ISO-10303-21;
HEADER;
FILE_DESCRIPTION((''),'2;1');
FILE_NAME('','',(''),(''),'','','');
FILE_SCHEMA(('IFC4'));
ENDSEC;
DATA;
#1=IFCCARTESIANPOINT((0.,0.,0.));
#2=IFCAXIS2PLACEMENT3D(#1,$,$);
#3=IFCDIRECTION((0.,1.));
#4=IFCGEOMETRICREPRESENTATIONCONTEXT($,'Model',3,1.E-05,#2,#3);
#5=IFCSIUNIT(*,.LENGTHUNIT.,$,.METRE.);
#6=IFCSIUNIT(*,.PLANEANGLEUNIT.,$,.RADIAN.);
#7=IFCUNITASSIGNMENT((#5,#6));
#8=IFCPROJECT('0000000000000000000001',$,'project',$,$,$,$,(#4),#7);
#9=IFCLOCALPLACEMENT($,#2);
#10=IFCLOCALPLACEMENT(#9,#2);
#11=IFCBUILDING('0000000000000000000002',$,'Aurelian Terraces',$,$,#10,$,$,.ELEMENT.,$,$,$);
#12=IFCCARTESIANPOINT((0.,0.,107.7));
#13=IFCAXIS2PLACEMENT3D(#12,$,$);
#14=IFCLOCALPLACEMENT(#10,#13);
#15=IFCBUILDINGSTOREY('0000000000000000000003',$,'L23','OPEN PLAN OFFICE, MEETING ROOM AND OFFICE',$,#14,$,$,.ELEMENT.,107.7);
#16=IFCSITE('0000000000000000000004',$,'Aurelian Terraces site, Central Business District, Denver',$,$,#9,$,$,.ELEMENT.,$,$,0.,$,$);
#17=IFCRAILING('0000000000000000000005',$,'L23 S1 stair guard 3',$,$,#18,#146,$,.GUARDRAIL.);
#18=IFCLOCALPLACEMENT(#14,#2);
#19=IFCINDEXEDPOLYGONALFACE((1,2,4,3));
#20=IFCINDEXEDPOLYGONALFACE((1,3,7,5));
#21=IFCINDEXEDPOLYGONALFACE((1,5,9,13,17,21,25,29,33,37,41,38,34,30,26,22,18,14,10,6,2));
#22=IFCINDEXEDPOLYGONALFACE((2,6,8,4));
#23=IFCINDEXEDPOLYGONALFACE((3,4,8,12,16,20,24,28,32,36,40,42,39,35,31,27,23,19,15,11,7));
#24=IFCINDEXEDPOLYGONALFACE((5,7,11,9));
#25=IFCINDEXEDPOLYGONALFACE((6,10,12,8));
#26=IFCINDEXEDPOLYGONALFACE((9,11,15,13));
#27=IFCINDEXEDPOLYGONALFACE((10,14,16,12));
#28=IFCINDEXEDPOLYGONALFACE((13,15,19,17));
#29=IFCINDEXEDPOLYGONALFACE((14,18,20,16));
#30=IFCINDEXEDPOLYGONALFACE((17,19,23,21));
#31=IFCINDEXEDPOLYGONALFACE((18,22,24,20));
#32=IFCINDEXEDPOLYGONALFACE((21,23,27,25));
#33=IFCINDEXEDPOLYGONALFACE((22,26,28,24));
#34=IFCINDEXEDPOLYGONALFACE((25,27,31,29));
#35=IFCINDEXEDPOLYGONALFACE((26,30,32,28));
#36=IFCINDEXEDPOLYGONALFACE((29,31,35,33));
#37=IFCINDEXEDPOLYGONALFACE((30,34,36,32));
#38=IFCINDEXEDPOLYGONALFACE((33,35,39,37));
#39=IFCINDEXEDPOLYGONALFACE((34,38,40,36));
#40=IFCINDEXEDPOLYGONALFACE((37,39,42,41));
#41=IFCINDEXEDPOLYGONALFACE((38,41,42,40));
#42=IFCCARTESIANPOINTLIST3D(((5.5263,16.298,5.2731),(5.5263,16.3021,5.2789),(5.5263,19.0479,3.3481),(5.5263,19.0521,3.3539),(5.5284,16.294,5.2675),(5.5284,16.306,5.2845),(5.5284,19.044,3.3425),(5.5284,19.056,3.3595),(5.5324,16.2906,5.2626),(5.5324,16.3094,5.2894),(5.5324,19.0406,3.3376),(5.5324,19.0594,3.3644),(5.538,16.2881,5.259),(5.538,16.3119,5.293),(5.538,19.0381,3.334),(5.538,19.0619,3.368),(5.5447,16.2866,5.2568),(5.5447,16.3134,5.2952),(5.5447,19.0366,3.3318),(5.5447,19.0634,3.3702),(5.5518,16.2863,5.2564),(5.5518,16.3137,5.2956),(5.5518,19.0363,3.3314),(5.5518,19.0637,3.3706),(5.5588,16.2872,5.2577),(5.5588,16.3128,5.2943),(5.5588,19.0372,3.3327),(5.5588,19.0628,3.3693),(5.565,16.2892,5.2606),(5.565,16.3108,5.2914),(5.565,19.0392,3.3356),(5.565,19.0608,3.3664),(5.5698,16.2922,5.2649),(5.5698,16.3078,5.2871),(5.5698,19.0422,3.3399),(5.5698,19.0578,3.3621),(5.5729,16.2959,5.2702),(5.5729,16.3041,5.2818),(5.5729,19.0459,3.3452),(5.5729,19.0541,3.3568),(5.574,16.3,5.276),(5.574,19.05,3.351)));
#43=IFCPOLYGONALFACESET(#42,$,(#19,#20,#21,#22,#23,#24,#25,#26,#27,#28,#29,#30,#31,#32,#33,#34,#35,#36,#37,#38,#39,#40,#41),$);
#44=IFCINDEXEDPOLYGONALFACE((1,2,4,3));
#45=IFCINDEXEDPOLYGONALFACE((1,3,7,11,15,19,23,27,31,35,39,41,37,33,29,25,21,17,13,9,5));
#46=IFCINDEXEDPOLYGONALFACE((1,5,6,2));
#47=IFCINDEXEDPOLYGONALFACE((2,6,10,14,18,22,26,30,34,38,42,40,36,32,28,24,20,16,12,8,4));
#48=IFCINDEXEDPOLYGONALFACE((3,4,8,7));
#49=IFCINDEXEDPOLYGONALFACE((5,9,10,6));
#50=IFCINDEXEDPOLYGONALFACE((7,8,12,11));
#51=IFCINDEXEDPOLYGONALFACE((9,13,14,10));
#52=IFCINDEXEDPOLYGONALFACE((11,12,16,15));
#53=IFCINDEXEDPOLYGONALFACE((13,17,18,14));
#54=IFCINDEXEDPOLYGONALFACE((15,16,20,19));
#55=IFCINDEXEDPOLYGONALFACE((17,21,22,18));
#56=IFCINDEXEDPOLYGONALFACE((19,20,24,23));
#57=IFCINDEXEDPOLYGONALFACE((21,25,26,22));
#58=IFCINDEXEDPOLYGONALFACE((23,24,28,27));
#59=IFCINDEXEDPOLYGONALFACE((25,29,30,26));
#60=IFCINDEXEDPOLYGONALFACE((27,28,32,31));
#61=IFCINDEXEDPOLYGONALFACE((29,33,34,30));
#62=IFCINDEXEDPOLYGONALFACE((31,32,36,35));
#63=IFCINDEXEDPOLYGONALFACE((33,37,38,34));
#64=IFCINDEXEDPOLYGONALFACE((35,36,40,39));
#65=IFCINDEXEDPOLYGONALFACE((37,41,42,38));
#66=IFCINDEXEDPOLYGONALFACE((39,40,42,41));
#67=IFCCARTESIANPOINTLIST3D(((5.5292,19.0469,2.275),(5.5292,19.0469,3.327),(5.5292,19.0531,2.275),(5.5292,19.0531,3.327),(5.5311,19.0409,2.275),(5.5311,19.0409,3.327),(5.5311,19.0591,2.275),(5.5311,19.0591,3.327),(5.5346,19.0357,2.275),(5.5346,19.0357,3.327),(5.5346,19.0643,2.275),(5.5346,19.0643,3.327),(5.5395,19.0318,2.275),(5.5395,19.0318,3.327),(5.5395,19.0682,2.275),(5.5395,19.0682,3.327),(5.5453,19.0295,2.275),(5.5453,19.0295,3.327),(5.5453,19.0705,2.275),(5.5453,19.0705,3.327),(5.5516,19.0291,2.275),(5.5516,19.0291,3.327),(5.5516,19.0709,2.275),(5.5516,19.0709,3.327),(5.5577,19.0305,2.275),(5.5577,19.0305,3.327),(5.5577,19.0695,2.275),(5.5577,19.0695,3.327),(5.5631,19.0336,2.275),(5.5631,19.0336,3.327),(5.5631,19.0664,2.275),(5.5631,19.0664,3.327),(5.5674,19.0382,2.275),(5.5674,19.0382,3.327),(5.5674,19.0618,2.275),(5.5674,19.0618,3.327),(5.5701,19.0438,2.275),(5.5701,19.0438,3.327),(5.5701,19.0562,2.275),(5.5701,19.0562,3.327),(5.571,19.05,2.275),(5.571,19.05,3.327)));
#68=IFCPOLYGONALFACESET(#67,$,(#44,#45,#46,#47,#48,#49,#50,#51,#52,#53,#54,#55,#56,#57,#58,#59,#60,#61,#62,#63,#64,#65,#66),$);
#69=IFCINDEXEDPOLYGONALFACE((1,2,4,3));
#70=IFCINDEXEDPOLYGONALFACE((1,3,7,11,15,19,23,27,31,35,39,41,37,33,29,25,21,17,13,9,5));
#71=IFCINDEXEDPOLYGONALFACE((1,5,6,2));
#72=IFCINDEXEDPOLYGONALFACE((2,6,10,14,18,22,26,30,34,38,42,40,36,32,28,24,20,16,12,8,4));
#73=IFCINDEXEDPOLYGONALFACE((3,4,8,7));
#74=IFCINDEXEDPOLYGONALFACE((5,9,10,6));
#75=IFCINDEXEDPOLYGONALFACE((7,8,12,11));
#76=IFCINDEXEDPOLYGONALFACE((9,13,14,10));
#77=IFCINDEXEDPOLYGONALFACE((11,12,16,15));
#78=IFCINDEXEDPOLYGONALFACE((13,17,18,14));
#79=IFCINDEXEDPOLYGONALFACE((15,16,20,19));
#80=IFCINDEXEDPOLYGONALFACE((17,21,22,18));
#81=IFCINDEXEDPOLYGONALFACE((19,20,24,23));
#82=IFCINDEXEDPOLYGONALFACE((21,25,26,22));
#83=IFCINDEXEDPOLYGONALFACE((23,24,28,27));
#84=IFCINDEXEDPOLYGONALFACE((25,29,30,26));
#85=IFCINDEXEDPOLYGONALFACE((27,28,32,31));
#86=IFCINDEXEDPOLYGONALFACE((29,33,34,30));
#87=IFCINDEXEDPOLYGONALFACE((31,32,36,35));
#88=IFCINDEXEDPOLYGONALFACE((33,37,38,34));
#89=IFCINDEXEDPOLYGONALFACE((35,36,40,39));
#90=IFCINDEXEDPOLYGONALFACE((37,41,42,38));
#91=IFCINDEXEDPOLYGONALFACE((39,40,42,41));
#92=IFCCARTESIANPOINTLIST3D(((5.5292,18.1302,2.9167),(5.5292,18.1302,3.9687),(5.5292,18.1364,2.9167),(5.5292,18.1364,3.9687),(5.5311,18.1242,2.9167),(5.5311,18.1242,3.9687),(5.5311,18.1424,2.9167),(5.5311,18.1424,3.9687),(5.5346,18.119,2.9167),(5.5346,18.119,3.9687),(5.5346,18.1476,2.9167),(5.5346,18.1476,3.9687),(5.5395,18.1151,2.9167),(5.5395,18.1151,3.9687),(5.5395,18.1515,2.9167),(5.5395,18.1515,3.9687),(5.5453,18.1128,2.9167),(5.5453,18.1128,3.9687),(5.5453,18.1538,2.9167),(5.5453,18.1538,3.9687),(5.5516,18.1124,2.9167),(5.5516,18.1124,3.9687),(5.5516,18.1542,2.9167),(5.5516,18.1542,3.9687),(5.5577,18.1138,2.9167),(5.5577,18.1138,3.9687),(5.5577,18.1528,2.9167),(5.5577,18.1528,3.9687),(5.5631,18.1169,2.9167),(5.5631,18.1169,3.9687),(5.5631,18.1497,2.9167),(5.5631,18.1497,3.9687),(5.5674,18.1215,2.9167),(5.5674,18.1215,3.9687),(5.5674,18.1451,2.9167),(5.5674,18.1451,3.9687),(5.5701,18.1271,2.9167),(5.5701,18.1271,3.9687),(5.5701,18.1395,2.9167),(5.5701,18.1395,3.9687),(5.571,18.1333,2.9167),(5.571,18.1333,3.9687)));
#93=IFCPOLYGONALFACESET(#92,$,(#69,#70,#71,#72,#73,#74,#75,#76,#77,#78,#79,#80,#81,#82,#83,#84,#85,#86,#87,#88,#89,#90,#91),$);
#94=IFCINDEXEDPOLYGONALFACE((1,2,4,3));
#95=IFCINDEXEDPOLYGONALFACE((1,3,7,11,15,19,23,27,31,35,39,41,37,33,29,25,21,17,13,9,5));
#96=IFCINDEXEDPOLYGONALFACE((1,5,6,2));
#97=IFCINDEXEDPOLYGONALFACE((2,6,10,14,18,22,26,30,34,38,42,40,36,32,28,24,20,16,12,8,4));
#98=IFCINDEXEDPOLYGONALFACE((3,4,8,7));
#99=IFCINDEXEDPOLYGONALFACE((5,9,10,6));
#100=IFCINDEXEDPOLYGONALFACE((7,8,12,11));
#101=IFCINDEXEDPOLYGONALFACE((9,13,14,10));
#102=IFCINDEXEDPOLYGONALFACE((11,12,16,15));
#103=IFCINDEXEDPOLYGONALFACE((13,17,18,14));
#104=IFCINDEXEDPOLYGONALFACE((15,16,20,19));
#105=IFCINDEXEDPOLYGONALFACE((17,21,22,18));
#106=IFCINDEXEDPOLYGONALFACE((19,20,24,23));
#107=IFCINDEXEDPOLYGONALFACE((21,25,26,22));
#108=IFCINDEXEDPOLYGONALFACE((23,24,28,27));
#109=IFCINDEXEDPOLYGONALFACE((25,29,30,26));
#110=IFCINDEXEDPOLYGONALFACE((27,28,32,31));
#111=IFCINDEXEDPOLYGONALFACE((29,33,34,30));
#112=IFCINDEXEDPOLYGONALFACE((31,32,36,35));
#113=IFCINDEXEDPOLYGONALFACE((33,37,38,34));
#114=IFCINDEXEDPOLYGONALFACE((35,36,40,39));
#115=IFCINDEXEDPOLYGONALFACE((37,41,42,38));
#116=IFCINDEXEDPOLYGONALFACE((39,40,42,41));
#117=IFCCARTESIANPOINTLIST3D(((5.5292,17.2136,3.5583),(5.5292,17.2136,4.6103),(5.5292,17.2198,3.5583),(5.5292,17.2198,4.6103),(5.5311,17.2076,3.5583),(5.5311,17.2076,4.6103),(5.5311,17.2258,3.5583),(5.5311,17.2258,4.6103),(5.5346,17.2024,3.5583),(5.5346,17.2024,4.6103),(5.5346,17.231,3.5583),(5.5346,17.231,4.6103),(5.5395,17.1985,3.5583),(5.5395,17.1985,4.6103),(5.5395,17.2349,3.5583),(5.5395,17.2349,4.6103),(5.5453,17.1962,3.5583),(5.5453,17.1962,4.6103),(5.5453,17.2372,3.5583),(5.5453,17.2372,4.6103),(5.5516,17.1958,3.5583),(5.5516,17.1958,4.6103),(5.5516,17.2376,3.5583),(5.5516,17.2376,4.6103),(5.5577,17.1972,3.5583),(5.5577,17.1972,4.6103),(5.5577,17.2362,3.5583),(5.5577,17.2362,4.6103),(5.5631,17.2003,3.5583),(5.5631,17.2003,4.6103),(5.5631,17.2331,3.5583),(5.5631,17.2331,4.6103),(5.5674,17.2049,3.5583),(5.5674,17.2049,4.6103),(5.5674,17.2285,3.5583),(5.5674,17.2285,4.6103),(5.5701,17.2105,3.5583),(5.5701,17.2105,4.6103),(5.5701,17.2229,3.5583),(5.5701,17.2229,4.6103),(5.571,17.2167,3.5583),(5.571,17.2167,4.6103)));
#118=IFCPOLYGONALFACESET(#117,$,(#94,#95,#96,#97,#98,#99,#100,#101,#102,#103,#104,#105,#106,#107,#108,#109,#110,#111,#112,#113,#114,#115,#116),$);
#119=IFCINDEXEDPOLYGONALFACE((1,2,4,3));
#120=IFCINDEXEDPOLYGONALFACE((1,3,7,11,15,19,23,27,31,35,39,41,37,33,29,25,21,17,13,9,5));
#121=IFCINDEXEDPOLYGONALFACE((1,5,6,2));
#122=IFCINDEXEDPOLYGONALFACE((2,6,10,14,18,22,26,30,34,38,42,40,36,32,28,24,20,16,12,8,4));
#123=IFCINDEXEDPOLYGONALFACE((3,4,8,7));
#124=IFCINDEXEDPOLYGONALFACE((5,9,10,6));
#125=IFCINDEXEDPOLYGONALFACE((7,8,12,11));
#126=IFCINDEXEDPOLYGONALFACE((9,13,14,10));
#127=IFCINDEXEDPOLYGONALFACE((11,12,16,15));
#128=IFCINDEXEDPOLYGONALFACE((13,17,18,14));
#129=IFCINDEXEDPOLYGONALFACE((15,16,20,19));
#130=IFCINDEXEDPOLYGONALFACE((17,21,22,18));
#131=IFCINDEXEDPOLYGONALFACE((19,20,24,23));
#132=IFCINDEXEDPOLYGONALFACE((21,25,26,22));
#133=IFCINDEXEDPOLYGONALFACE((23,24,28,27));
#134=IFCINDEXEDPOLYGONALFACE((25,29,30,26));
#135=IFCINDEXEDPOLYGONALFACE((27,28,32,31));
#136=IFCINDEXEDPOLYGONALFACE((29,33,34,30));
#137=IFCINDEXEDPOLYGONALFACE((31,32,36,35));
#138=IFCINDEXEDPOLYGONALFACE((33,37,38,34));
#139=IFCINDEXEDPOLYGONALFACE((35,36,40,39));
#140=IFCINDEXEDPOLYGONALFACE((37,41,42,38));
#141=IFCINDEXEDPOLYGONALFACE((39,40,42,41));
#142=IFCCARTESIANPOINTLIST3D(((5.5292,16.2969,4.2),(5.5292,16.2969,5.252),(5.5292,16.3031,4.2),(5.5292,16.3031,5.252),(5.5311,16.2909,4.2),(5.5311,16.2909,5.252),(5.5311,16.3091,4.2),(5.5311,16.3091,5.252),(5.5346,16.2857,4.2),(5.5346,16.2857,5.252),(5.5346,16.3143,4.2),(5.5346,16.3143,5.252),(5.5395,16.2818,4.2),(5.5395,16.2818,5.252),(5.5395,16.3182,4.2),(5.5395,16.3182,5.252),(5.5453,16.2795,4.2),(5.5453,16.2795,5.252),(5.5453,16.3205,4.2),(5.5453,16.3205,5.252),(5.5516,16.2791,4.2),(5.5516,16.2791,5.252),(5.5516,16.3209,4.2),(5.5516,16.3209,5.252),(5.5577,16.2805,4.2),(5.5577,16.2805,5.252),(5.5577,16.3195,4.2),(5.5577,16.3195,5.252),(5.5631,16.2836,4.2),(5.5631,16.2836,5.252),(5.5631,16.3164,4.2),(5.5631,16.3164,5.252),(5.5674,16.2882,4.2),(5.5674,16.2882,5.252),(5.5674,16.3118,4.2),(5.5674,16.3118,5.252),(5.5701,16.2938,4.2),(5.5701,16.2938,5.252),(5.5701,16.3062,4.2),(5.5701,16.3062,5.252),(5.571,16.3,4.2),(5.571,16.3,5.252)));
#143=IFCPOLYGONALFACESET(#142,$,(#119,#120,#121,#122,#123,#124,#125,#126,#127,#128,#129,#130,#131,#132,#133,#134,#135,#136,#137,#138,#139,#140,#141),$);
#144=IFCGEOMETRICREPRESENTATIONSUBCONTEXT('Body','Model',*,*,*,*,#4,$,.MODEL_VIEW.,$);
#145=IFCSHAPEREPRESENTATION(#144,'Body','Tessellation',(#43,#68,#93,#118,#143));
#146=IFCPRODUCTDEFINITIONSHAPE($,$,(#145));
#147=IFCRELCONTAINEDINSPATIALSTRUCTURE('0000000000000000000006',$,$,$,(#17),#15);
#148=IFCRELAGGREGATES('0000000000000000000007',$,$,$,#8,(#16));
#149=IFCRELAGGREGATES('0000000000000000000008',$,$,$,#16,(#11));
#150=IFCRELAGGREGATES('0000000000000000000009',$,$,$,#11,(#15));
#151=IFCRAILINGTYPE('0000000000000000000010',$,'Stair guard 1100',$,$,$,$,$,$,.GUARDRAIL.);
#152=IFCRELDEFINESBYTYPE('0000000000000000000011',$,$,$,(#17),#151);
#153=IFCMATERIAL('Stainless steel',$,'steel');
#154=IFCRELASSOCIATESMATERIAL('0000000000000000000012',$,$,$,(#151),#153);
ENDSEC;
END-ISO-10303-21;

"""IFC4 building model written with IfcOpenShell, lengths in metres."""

from ifc_helpers import new_model, si_unit, direction, frame, origin, origin_2d, place, context, subcontext, project, spatial, circle, extrude, source, transform, mapped, material, type_object, element, save


model = new_model("IFC4")

# Units and contexts
model_context = context("Model", 3, precision=1e-05, world=origin(), true_north=direction((0.0, 1.0)))
body_context = subcontext(model_context, "Body", "Model", "MODEL_VIEW")
ifc_project = project(units=[si_unit("LENGTHUNIT", "METRE"), si_unit("PLANEANGLEUNIT", "RADIAN")], contexts=[model_context])

# Site, building, storey
site_placement = place(None, origin())
site = spatial("IfcSite", under=ifc_project, at=site_placement, Name="Aurelian Terraces site, Central Business District, Denver", CompositionType="ELEMENT", RefElevation=0.0)
building_placement = place(site_placement, origin())
building = spatial("IfcBuilding", under=site, at=building_placement, Name="Aurelian Terraces", CompositionType="ELEMENT")
storey_placement = place(building_placement, frame((0.0, 0.0, 107.7)))
storey = spatial("IfcBuildingStorey", under=building, at=storey_placement, Name="L23", Description="OPEN PLAN OFFICE, MEETING ROOM AND OFFICE", CompositionType="ELEMENT", Elevation=107.7)

# Shared definitions
ifc_material_1 = material(Name="Stainless steel", Category="steel")

# Railing
railing_type_1 = type_object("IfcRailingType", Name="Stair guard 1100", PredefinedType="GUARDRAIL", material=ifc_material_1)
shared_shape_1 = source(origin(), body_context, "Body", "SweptSolid", [
    extrude(circle(Radius=0.024, at=origin_2d()), frame((0.0, 0.0, 1.076), z_axis=(0.0, -0.819232, 0.573462), x_axis=(1.0, 0.0, 0.0)), (0.0, 0.0, 1.0), 3.3568),
    extrude(circle(Radius=0.021, at=origin_2d()), origin(), (0.0, 0.0, 1.0), 1.052),
    extrude(circle(Radius=0.021, at=origin_2d()), frame((0.0, -0.9167, 0.6417)), (0.0, 0.0, 1.0), 1.052),
    extrude(circle(Radius=0.021, at=origin_2d()), frame((0.0, -1.8333, 1.2833)), (0.0, 0.0, 1.0), 1.052),
    extrude(circle(Radius=0.021, at=origin_2d()), frame((0.0, -2.75, 1.925)), (0.0, 0.0, 1.0), 1.052),
])
railing_1_placement = place(storey_placement, frame((5.55, 19.05, 2.275)))
element("IfcRailing", 1, at=railing_1_placement, inside=storey, type_object=railing_type_1, Name="L23 S1 stair guard 3", PredefinedType="GUARDRAIL", context=body_context, shape_type="MappedRepresentation", body=[
    mapped(shared_shape_1, transform((0.0, 0.0, 0.0), scale=1.0)),
])

save(model, "model.ifc")
